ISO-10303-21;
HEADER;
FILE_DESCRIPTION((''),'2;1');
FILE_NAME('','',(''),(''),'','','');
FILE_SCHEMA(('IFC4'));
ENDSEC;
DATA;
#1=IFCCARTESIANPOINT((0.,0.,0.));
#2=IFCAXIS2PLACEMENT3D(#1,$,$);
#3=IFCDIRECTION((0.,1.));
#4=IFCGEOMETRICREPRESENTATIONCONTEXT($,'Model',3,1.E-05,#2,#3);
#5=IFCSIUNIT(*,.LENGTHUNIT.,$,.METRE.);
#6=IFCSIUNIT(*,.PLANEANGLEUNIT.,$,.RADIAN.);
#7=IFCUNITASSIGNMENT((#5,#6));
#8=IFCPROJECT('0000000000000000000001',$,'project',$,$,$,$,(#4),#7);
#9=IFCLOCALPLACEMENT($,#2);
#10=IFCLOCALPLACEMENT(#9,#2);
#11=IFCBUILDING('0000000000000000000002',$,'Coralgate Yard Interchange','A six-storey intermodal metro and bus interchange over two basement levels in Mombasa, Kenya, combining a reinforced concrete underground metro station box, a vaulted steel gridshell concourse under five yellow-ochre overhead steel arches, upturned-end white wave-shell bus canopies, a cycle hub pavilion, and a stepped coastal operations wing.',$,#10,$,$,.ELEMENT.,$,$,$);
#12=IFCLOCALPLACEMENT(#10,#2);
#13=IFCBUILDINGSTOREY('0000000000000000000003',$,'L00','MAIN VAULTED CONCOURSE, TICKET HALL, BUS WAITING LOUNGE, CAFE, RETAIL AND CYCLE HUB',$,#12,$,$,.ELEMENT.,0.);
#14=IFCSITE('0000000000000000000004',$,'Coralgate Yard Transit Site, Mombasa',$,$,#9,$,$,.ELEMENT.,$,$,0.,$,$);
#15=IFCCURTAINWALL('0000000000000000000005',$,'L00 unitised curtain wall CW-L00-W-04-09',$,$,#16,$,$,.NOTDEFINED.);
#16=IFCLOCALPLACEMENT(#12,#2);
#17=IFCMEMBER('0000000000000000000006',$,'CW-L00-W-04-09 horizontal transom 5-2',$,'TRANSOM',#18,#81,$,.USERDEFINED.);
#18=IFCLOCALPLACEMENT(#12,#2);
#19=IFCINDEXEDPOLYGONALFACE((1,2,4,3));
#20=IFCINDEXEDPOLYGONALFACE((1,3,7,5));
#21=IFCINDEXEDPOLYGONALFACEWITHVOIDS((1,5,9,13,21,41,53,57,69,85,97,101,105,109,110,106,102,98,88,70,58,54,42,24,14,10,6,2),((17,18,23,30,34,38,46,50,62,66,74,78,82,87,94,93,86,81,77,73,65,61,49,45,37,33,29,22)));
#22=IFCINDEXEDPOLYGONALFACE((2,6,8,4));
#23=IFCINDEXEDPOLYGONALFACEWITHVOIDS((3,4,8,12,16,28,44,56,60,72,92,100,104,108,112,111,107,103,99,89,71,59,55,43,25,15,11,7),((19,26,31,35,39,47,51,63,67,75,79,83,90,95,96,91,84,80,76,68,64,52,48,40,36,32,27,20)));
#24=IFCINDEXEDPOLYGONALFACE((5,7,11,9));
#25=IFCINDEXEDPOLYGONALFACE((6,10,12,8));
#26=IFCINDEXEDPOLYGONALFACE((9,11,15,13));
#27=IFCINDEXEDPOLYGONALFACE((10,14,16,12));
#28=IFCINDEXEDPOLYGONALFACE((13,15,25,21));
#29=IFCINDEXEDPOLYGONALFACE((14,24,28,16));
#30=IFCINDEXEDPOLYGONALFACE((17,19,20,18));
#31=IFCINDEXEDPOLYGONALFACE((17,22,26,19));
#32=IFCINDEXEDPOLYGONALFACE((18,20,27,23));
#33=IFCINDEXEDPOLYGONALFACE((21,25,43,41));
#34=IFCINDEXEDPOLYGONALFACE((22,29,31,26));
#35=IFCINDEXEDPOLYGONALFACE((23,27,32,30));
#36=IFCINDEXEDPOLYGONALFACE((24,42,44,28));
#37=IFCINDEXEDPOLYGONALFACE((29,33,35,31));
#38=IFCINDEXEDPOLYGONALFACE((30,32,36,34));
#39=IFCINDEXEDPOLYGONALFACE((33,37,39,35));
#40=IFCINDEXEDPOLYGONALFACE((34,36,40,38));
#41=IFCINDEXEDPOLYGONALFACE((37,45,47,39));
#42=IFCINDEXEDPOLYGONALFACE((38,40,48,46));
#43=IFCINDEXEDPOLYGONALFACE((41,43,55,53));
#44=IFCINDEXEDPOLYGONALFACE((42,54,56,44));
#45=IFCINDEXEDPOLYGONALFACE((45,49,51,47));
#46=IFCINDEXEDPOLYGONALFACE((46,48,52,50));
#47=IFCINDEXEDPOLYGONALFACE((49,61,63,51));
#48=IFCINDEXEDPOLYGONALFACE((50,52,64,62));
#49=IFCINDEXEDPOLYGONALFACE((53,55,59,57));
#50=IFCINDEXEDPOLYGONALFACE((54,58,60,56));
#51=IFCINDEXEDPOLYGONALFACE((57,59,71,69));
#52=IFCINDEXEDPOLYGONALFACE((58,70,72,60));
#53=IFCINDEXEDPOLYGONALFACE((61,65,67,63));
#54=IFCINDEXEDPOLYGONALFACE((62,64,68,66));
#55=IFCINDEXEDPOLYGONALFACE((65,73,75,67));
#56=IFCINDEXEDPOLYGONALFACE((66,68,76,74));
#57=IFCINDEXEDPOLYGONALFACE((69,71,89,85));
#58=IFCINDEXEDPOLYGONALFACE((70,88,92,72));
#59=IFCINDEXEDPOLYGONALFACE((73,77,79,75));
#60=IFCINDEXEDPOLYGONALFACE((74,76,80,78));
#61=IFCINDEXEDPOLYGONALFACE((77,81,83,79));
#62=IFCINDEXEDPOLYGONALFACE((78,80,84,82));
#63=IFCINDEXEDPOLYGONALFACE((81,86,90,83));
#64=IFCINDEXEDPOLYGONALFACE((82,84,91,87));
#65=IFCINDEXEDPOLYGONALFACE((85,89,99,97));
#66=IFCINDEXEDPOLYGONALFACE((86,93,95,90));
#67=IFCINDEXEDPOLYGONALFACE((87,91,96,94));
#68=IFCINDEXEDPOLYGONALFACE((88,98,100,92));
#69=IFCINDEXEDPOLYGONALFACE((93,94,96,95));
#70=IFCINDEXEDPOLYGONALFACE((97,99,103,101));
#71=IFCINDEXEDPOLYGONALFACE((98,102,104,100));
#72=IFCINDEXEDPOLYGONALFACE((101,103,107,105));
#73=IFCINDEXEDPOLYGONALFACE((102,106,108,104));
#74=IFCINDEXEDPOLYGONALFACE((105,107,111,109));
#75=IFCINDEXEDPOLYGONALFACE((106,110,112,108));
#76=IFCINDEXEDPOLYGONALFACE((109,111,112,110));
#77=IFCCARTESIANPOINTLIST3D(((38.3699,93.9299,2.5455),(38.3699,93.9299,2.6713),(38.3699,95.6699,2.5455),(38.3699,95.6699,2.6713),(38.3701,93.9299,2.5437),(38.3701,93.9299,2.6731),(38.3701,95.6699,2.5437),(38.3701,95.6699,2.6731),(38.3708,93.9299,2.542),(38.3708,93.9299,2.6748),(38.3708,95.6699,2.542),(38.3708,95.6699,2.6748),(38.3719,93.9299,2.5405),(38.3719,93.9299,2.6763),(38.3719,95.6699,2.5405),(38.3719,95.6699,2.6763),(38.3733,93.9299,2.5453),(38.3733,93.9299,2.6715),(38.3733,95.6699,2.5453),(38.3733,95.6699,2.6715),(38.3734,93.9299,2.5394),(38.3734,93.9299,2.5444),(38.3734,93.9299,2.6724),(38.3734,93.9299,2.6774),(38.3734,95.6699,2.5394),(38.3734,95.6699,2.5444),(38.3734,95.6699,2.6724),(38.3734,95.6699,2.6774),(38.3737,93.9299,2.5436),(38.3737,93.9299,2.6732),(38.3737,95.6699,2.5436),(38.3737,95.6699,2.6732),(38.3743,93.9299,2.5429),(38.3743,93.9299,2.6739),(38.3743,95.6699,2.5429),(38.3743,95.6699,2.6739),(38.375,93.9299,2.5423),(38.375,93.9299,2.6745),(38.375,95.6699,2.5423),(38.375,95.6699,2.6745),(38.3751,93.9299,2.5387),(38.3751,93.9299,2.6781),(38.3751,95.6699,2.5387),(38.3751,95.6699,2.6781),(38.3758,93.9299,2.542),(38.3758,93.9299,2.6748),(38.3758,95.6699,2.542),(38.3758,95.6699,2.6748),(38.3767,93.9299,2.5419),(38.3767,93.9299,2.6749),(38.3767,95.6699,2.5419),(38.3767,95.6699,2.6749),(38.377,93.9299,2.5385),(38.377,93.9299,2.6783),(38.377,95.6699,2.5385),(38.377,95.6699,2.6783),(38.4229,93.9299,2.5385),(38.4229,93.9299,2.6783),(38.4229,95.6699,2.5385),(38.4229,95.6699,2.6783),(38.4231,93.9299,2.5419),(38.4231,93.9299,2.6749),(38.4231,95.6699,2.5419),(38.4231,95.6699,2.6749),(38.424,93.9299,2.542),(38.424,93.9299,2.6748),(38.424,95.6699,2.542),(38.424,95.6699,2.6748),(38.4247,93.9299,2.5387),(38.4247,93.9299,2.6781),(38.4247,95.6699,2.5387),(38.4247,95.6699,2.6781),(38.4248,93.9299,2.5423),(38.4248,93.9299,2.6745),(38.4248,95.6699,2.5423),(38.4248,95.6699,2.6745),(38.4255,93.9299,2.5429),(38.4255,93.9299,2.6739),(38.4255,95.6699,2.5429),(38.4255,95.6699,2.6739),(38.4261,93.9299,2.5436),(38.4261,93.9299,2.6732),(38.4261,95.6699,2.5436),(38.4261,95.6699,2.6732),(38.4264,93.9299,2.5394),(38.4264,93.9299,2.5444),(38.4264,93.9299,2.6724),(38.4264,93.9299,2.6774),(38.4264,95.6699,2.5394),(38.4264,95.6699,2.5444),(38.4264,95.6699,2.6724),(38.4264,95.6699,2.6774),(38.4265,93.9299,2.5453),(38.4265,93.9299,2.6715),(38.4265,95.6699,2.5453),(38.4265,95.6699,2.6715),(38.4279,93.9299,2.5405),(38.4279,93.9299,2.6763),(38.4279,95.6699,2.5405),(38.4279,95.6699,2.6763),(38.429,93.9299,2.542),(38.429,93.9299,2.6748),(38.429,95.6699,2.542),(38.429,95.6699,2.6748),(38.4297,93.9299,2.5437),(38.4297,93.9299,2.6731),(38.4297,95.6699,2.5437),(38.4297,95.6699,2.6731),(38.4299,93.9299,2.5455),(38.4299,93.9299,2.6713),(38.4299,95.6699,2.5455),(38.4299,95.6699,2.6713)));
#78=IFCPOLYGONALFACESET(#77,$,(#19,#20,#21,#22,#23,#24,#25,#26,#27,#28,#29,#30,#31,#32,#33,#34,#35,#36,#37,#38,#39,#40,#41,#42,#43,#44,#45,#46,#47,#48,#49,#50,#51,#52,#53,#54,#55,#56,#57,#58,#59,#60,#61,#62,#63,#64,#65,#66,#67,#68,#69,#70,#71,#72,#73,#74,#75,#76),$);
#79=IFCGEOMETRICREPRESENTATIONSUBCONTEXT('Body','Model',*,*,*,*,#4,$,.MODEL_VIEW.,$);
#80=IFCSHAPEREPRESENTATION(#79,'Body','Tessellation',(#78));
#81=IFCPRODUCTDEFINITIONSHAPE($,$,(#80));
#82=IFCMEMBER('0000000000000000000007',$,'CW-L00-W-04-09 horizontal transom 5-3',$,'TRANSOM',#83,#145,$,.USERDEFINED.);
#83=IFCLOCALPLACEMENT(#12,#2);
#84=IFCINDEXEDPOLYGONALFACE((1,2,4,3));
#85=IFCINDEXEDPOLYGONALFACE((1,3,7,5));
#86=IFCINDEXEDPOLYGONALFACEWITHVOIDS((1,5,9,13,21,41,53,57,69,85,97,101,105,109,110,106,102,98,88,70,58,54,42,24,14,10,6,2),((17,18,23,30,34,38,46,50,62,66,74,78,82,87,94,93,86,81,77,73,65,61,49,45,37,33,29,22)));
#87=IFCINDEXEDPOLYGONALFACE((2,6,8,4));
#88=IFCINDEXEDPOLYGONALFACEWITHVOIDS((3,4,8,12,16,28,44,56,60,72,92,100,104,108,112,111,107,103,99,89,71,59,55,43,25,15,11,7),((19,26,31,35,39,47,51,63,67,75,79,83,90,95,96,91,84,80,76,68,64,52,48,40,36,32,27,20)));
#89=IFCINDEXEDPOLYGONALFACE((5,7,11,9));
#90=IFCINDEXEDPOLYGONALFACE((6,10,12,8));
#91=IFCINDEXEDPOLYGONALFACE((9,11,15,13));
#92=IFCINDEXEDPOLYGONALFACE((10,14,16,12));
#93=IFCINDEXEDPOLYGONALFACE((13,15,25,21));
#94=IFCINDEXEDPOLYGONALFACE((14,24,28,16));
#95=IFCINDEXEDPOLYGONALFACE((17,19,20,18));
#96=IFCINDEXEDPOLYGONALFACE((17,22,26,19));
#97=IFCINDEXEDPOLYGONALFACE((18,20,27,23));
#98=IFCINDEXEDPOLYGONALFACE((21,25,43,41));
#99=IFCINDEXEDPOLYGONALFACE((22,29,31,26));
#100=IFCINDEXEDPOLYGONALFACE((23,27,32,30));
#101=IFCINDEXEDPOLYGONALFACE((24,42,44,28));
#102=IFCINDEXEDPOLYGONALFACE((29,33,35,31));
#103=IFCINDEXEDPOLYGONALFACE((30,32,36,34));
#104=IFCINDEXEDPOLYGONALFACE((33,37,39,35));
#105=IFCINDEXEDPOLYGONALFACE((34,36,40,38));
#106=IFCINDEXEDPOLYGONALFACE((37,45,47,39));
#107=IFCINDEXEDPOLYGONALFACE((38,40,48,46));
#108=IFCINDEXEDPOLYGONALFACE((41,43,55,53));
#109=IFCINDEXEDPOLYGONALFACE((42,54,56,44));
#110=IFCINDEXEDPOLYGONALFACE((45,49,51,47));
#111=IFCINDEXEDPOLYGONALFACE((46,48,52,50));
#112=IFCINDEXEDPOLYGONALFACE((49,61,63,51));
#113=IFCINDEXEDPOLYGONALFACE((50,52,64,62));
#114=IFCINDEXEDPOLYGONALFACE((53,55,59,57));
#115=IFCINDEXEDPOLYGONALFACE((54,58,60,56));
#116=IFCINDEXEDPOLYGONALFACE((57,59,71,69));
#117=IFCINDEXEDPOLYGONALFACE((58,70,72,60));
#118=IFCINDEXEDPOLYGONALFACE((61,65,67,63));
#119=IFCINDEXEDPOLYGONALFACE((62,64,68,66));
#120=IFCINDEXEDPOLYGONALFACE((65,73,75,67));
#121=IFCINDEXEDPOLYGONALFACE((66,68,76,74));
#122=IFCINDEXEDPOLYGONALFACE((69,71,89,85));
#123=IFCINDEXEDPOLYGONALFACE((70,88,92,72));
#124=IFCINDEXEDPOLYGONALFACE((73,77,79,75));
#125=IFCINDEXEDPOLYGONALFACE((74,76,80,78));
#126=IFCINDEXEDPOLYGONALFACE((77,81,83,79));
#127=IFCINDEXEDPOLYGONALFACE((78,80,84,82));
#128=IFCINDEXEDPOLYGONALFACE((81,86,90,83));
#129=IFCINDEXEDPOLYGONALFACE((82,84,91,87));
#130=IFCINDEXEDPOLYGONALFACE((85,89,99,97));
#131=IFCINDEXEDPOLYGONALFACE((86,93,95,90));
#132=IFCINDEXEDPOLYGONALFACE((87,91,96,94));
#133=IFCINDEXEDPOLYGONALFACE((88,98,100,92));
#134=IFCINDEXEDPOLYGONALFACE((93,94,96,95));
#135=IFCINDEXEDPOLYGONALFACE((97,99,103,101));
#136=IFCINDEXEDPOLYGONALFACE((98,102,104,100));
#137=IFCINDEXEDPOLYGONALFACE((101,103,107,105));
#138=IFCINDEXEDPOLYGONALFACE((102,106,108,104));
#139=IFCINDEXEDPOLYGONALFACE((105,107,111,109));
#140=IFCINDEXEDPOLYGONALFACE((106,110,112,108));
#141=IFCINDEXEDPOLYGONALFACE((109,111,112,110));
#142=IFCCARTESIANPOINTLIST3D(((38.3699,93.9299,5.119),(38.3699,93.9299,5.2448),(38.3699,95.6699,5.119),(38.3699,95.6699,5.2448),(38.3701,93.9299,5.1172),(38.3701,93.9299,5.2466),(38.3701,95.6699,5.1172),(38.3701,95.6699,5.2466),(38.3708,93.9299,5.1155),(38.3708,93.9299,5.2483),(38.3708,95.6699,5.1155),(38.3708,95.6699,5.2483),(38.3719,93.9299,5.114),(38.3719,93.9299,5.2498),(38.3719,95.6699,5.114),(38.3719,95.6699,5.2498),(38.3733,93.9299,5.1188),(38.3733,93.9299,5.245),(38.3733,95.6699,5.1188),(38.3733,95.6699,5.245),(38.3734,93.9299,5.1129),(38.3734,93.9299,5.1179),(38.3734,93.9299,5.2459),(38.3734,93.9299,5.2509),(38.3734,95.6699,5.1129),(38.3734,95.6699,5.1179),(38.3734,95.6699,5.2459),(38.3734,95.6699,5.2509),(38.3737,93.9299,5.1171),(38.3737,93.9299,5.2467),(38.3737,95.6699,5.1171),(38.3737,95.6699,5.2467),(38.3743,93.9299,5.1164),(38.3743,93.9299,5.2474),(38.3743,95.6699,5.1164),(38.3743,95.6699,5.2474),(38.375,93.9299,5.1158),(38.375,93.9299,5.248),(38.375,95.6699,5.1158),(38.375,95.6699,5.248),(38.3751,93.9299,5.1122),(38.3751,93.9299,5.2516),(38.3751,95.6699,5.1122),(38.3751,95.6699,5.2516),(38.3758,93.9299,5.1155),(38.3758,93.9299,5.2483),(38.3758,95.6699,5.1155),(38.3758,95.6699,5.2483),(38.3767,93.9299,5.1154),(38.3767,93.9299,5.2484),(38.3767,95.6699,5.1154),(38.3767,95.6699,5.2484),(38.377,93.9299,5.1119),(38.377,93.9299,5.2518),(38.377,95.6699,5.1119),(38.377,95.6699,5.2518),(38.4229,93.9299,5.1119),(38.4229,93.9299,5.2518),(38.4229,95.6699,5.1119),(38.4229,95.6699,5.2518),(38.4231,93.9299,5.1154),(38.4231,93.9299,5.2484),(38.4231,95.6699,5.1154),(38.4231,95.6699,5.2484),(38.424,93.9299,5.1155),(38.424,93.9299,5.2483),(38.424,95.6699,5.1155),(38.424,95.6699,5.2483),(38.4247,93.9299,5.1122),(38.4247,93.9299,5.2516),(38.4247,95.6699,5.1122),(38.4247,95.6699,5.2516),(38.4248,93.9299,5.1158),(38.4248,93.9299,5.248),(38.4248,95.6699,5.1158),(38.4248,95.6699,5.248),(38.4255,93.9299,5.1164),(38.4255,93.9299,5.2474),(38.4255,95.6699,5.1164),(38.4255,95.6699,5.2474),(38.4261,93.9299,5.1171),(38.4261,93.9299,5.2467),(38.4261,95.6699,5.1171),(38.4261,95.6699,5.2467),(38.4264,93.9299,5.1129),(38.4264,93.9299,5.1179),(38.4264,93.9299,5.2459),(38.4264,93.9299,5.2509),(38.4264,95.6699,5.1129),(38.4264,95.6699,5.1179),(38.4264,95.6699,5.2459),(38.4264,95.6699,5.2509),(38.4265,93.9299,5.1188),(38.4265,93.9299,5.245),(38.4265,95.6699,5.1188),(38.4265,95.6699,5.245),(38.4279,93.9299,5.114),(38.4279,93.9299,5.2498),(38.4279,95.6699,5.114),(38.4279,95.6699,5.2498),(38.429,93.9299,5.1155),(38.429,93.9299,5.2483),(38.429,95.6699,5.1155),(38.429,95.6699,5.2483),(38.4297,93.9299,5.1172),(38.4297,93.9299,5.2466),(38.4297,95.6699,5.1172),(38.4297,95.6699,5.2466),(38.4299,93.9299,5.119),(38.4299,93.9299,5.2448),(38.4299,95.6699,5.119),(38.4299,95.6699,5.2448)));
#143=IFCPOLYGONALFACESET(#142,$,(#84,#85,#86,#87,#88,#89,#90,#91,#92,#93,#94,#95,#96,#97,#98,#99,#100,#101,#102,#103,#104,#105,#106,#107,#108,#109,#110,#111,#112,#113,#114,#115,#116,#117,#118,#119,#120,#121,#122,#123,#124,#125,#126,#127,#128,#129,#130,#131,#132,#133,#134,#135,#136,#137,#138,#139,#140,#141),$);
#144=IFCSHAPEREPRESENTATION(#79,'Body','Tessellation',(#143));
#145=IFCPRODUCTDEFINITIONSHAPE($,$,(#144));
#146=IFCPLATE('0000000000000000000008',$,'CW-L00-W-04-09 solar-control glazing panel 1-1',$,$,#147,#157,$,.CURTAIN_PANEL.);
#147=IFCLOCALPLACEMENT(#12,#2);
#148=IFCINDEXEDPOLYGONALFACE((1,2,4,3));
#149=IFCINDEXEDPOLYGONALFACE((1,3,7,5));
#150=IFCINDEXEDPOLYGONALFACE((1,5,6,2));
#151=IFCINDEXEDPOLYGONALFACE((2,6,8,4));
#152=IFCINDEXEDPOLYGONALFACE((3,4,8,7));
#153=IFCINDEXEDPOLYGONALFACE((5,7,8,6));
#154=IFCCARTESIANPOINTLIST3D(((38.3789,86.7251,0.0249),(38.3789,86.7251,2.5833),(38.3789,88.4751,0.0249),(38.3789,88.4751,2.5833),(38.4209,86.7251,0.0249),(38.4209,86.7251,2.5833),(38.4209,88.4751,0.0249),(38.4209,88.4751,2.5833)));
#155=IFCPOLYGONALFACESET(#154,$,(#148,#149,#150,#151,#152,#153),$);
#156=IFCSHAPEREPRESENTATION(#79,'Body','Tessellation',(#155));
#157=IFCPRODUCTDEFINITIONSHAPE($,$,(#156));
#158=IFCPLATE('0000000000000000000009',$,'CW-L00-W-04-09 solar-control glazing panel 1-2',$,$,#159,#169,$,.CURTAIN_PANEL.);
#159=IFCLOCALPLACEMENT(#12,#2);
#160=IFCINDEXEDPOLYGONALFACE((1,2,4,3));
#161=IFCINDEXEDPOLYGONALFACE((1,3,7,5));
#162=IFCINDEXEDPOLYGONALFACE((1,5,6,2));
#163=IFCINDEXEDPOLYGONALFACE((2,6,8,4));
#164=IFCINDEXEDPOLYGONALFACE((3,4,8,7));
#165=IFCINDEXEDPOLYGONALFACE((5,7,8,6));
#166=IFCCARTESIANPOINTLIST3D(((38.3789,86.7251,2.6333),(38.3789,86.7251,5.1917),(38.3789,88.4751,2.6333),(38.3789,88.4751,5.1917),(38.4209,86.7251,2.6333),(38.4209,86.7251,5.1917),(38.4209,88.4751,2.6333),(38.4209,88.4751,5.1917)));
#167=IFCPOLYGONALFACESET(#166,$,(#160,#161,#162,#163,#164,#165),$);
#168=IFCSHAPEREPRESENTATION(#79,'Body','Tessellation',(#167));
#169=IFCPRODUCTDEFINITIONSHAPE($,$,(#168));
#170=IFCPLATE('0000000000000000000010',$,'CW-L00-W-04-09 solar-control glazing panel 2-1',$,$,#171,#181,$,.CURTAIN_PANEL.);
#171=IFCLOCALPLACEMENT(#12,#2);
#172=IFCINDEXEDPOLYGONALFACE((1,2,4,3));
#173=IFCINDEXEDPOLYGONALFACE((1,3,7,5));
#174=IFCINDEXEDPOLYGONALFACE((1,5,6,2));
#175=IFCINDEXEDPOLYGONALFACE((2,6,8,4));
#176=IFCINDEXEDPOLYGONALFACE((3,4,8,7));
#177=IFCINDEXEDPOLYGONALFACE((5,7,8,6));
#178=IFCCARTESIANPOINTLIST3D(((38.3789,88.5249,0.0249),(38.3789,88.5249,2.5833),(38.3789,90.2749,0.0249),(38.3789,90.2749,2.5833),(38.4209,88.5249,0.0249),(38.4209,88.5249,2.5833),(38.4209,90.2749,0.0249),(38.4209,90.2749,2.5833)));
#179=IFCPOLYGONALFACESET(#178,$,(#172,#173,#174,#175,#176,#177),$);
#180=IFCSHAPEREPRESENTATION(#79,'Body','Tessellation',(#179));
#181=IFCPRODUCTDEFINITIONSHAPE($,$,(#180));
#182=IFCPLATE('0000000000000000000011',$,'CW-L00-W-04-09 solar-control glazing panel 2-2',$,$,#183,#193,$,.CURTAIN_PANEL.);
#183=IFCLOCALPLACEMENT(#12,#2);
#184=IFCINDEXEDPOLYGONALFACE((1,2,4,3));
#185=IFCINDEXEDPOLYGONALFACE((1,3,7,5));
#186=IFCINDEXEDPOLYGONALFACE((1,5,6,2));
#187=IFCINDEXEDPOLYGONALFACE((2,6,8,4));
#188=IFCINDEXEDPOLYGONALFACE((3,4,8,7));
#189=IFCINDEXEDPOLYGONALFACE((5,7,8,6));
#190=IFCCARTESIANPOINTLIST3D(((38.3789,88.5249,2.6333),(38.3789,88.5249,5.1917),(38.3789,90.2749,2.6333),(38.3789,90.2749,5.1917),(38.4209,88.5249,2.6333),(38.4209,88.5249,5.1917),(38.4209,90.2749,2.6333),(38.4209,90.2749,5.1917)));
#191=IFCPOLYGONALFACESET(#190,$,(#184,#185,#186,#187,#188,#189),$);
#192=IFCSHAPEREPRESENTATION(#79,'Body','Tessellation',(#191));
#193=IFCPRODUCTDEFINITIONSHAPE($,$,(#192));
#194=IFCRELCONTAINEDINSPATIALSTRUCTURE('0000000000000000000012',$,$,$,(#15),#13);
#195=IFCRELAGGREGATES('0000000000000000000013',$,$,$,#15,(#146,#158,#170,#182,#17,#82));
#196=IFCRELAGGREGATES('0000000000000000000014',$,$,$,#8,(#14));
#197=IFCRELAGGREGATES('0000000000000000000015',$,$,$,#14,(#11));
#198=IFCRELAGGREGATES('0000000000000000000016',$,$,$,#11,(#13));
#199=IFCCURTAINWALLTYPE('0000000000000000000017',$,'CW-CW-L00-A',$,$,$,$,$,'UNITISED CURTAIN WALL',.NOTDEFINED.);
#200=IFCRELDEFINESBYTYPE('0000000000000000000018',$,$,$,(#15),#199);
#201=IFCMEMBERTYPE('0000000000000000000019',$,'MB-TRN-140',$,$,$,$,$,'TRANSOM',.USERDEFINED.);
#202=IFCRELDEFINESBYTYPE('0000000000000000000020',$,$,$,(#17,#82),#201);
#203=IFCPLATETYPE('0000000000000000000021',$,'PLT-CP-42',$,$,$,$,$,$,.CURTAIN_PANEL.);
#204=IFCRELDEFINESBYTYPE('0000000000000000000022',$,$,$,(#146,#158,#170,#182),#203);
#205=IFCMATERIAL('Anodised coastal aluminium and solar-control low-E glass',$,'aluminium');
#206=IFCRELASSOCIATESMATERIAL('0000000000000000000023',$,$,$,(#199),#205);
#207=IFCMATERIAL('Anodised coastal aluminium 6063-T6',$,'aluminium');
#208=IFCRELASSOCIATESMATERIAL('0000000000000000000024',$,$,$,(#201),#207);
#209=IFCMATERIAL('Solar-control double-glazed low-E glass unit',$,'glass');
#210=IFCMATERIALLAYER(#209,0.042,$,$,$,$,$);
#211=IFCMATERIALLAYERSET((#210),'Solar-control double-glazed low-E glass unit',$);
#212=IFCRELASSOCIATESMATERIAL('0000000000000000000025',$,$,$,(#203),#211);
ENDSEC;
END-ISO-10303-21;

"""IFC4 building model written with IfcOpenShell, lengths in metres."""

from ifc_helpers import new_model, si_unit, direction, frame, origin, origin_2d, place, context, subcontext, project, spatial, rectangle, hollow_rectangle, extrude, material, layer, layer_set, material_profile, profile_set, type_object, element, aggregate, save


model = new_model("IFC4")

# Units and contexts
model_context = context("Model", 3, precision=1e-05, world=origin(), true_north=direction((0.0, 1.0)))
body_context = subcontext(model_context, "Body", "Model", "MODEL_VIEW")
ifc_project = project(units=[si_unit("LENGTHUNIT", "METRE"), si_unit("PLANEANGLEUNIT", "RADIAN")], contexts=[model_context])

# Site, building, storey
site_placement = place(None, origin())
site = spatial("IfcSite", under=ifc_project, at=site_placement, Name="Coralgate Yard Transit Site, Mombasa", CompositionType="ELEMENT", RefElevation=0.0)
building_placement = place(site_placement, origin())
building = spatial("IfcBuilding", under=site, at=building_placement, Name="Coralgate Yard Interchange", Description="A six-storey intermodal metro and bus interchange over two basement levels in Mombasa, Kenya, combining a reinforced concrete underground metro station box, a vaulted steel gridshell concourse under five yellow-ochre overhead steel arches, upturned-end white wave-shell bus canopies, a cycle hub pavilion, and a stepped coastal operations wing.", CompositionType="ELEMENT")
storey_placement = place(building_placement, origin())
storey = spatial("IfcBuildingStorey", under=building, at=storey_placement, Name="L00", Description="MAIN VAULTED CONCOURSE, TICKET HALL, BUS WAITING LOUNGE, CAFE, RETAIL AND CYCLE HUB", CompositionType="ELEMENT", Elevation=0.0)

# Curtain wall, members, plates
ifc_material_1 = material(Name="Anodised coastal aluminium and solar-control low-E glass", Category="aluminium")
curtain_wall_type = type_object("IfcCurtainWallType", Name="CW-CW-L00-A", ElementType="UNITISED CURTAIN WALL", PredefinedType="NOTDEFINED", material=ifc_material_1)
curtain_wall_placement = place(storey_placement, origin())
curtain_wall = element("IfcCurtainWall", 1, at=curtain_wall_placement, inside=storey, type_object=curtain_wall_type, Name="L00 unitised curtain wall CW-L00-W-04-09", PredefinedType="NOTDEFINED")
ifc_material_2 = material(Name="Anodised coastal aluminium 6063-T6", Category="aluminium")
ifc_material_profile_1 = material_profile(ifc_material_2, hollow_rectangle(XDim=0.0601, YDim=0.1399, WallThickness=0.0034, InnerFilletRadius=0.0034, OuterFilletRadius=0.0071, at=origin_2d()), Name="ALU 60x140x3.5")
ifc_profile_set_1 = profile_set([ifc_material_profile_1], Name="Anodised coastal aluminium 6063-T6")
member_type_1 = type_object("IfcMemberType", Name="MB-TRN-140", ElementType="TRANSOM", PredefinedType="USERDEFINED", material=ifc_profile_set_1)
member_1_placement = place(storey_placement, frame((38.3999, 93.9299, 2.6084), z_axis=(0.0, 1.0, 0.0), x_axis=(-1.0, 0.0, 0.0)))
member_1 = element("IfcMember", 2, at=member_1_placement, type_object=member_type_1, Name="CW-L00-W-04-09 horizontal transom 5-2", ObjectType="TRANSOM", PredefinedType="USERDEFINED", context=body_context, shape_type="SweptSolid", body=[
    extrude(hollow_rectangle(XDim=0.0601, YDim=0.1399, WallThickness=0.0034, InnerFilletRadius=0.0034, OuterFilletRadius=0.0071, at=origin_2d()), origin(), (0.0, 0.0, 1.0), 1.74),
])
member_2_placement = place(storey_placement, frame((38.3999, 93.9299, 5.1819), z_axis=(0.0, 1.0, 0.0), x_axis=(-1.0, 0.0, 0.0)))
member_2 = element("IfcMember", 3, at=member_2_placement, type_object=member_type_1, Name="CW-L00-W-04-09 horizontal transom 5-3", ObjectType="TRANSOM", PredefinedType="USERDEFINED", context=body_context, shape_type="SweptSolid", body=[
    extrude(hollow_rectangle(XDim=0.0601, YDim=0.1399, WallThickness=0.0034, InnerFilletRadius=0.0034, OuterFilletRadius=0.0071, at=origin_2d()), origin(), (0.0, 0.0, 1.0), 1.74),
])
ifc_material_3 = material(Name="Solar-control double-glazed low-E glass unit", Category="glass")
ifc_layer = layer(ifc_material_3, 0.042)
ifc_layer_set = layer_set([ifc_layer], Name="Solar-control double-glazed low-E glass unit")
plate_type = type_object("IfcPlateType", Name="PLT-CP-42", PredefinedType="CURTAIN_PANEL", material=ifc_layer_set)
plate_1_placement = place(storey_placement, frame((38.3999, 87.6001, 0.0249), z_axis=(0.0, 0.0, 1.0), x_axis=(0.0, 1.0, 0.0)))
plate_1 = element("IfcPlate", 4, at=plate_1_placement, type_object=plate_type, Name="CW-L00-W-04-09 solar-control glazing panel 1-1", PredefinedType="CURTAIN_PANEL", context=body_context, shape_type="SweptSolid", body=[
    extrude(rectangle(XDim=1.75, YDim=0.042, at=origin_2d()), origin(), (0.0, 0.0, 1.0), 2.5583),
])
plate_2_placement = place(storey_placement, frame((38.3999, 87.6001, 2.6333), z_axis=(0.0, 0.0, 1.0), x_axis=(0.0, 1.0, 0.0)))
plate_2 = element("IfcPlate", 5, at=plate_2_placement, type_object=plate_type, Name="CW-L00-W-04-09 solar-control glazing panel 1-2", PredefinedType="CURTAIN_PANEL", context=body_context, shape_type="SweptSolid", body=[
    extrude(rectangle(XDim=1.75, YDim=0.042, at=origin_2d()), origin(), (0.0, 0.0, 1.0), 2.5583),
])
plate_3_placement = place(storey_placement, frame((38.3999, 89.3999, 0.0249), z_axis=(0.0, 0.0, 1.0), x_axis=(0.0, 1.0, 0.0)))
plate_3 = element("IfcPlate", 6, at=plate_3_placement, type_object=plate_type, Name="CW-L00-W-04-09 solar-control glazing panel 2-1", PredefinedType="CURTAIN_PANEL", context=body_context, shape_type="SweptSolid", body=[
    extrude(rectangle(XDim=1.75, YDim=0.042, at=origin_2d()), origin(), (0.0, 0.0, 1.0), 2.5583),
])
plate_4_placement = place(storey_placement, frame((38.3999, 89.3999, 2.6333), z_axis=(0.0, 0.0, 1.0), x_axis=(0.0, 1.0, 0.0)))
plate_4 = element("IfcPlate", 7, at=plate_4_placement, type_object=plate_type, Name="CW-L00-W-04-09 solar-control glazing panel 2-2", PredefinedType="CURTAIN_PANEL", context=body_context, shape_type="SweptSolid", body=[
    extrude(rectangle(XDim=1.75, YDim=0.042, at=origin_2d()), origin(), (0.0, 0.0, 1.0), 2.5583),
])
aggregate(curtain_wall, [plate_1, plate_2, plate_3, plate_4, member_1, member_2])

save(model, "model.ifc")
